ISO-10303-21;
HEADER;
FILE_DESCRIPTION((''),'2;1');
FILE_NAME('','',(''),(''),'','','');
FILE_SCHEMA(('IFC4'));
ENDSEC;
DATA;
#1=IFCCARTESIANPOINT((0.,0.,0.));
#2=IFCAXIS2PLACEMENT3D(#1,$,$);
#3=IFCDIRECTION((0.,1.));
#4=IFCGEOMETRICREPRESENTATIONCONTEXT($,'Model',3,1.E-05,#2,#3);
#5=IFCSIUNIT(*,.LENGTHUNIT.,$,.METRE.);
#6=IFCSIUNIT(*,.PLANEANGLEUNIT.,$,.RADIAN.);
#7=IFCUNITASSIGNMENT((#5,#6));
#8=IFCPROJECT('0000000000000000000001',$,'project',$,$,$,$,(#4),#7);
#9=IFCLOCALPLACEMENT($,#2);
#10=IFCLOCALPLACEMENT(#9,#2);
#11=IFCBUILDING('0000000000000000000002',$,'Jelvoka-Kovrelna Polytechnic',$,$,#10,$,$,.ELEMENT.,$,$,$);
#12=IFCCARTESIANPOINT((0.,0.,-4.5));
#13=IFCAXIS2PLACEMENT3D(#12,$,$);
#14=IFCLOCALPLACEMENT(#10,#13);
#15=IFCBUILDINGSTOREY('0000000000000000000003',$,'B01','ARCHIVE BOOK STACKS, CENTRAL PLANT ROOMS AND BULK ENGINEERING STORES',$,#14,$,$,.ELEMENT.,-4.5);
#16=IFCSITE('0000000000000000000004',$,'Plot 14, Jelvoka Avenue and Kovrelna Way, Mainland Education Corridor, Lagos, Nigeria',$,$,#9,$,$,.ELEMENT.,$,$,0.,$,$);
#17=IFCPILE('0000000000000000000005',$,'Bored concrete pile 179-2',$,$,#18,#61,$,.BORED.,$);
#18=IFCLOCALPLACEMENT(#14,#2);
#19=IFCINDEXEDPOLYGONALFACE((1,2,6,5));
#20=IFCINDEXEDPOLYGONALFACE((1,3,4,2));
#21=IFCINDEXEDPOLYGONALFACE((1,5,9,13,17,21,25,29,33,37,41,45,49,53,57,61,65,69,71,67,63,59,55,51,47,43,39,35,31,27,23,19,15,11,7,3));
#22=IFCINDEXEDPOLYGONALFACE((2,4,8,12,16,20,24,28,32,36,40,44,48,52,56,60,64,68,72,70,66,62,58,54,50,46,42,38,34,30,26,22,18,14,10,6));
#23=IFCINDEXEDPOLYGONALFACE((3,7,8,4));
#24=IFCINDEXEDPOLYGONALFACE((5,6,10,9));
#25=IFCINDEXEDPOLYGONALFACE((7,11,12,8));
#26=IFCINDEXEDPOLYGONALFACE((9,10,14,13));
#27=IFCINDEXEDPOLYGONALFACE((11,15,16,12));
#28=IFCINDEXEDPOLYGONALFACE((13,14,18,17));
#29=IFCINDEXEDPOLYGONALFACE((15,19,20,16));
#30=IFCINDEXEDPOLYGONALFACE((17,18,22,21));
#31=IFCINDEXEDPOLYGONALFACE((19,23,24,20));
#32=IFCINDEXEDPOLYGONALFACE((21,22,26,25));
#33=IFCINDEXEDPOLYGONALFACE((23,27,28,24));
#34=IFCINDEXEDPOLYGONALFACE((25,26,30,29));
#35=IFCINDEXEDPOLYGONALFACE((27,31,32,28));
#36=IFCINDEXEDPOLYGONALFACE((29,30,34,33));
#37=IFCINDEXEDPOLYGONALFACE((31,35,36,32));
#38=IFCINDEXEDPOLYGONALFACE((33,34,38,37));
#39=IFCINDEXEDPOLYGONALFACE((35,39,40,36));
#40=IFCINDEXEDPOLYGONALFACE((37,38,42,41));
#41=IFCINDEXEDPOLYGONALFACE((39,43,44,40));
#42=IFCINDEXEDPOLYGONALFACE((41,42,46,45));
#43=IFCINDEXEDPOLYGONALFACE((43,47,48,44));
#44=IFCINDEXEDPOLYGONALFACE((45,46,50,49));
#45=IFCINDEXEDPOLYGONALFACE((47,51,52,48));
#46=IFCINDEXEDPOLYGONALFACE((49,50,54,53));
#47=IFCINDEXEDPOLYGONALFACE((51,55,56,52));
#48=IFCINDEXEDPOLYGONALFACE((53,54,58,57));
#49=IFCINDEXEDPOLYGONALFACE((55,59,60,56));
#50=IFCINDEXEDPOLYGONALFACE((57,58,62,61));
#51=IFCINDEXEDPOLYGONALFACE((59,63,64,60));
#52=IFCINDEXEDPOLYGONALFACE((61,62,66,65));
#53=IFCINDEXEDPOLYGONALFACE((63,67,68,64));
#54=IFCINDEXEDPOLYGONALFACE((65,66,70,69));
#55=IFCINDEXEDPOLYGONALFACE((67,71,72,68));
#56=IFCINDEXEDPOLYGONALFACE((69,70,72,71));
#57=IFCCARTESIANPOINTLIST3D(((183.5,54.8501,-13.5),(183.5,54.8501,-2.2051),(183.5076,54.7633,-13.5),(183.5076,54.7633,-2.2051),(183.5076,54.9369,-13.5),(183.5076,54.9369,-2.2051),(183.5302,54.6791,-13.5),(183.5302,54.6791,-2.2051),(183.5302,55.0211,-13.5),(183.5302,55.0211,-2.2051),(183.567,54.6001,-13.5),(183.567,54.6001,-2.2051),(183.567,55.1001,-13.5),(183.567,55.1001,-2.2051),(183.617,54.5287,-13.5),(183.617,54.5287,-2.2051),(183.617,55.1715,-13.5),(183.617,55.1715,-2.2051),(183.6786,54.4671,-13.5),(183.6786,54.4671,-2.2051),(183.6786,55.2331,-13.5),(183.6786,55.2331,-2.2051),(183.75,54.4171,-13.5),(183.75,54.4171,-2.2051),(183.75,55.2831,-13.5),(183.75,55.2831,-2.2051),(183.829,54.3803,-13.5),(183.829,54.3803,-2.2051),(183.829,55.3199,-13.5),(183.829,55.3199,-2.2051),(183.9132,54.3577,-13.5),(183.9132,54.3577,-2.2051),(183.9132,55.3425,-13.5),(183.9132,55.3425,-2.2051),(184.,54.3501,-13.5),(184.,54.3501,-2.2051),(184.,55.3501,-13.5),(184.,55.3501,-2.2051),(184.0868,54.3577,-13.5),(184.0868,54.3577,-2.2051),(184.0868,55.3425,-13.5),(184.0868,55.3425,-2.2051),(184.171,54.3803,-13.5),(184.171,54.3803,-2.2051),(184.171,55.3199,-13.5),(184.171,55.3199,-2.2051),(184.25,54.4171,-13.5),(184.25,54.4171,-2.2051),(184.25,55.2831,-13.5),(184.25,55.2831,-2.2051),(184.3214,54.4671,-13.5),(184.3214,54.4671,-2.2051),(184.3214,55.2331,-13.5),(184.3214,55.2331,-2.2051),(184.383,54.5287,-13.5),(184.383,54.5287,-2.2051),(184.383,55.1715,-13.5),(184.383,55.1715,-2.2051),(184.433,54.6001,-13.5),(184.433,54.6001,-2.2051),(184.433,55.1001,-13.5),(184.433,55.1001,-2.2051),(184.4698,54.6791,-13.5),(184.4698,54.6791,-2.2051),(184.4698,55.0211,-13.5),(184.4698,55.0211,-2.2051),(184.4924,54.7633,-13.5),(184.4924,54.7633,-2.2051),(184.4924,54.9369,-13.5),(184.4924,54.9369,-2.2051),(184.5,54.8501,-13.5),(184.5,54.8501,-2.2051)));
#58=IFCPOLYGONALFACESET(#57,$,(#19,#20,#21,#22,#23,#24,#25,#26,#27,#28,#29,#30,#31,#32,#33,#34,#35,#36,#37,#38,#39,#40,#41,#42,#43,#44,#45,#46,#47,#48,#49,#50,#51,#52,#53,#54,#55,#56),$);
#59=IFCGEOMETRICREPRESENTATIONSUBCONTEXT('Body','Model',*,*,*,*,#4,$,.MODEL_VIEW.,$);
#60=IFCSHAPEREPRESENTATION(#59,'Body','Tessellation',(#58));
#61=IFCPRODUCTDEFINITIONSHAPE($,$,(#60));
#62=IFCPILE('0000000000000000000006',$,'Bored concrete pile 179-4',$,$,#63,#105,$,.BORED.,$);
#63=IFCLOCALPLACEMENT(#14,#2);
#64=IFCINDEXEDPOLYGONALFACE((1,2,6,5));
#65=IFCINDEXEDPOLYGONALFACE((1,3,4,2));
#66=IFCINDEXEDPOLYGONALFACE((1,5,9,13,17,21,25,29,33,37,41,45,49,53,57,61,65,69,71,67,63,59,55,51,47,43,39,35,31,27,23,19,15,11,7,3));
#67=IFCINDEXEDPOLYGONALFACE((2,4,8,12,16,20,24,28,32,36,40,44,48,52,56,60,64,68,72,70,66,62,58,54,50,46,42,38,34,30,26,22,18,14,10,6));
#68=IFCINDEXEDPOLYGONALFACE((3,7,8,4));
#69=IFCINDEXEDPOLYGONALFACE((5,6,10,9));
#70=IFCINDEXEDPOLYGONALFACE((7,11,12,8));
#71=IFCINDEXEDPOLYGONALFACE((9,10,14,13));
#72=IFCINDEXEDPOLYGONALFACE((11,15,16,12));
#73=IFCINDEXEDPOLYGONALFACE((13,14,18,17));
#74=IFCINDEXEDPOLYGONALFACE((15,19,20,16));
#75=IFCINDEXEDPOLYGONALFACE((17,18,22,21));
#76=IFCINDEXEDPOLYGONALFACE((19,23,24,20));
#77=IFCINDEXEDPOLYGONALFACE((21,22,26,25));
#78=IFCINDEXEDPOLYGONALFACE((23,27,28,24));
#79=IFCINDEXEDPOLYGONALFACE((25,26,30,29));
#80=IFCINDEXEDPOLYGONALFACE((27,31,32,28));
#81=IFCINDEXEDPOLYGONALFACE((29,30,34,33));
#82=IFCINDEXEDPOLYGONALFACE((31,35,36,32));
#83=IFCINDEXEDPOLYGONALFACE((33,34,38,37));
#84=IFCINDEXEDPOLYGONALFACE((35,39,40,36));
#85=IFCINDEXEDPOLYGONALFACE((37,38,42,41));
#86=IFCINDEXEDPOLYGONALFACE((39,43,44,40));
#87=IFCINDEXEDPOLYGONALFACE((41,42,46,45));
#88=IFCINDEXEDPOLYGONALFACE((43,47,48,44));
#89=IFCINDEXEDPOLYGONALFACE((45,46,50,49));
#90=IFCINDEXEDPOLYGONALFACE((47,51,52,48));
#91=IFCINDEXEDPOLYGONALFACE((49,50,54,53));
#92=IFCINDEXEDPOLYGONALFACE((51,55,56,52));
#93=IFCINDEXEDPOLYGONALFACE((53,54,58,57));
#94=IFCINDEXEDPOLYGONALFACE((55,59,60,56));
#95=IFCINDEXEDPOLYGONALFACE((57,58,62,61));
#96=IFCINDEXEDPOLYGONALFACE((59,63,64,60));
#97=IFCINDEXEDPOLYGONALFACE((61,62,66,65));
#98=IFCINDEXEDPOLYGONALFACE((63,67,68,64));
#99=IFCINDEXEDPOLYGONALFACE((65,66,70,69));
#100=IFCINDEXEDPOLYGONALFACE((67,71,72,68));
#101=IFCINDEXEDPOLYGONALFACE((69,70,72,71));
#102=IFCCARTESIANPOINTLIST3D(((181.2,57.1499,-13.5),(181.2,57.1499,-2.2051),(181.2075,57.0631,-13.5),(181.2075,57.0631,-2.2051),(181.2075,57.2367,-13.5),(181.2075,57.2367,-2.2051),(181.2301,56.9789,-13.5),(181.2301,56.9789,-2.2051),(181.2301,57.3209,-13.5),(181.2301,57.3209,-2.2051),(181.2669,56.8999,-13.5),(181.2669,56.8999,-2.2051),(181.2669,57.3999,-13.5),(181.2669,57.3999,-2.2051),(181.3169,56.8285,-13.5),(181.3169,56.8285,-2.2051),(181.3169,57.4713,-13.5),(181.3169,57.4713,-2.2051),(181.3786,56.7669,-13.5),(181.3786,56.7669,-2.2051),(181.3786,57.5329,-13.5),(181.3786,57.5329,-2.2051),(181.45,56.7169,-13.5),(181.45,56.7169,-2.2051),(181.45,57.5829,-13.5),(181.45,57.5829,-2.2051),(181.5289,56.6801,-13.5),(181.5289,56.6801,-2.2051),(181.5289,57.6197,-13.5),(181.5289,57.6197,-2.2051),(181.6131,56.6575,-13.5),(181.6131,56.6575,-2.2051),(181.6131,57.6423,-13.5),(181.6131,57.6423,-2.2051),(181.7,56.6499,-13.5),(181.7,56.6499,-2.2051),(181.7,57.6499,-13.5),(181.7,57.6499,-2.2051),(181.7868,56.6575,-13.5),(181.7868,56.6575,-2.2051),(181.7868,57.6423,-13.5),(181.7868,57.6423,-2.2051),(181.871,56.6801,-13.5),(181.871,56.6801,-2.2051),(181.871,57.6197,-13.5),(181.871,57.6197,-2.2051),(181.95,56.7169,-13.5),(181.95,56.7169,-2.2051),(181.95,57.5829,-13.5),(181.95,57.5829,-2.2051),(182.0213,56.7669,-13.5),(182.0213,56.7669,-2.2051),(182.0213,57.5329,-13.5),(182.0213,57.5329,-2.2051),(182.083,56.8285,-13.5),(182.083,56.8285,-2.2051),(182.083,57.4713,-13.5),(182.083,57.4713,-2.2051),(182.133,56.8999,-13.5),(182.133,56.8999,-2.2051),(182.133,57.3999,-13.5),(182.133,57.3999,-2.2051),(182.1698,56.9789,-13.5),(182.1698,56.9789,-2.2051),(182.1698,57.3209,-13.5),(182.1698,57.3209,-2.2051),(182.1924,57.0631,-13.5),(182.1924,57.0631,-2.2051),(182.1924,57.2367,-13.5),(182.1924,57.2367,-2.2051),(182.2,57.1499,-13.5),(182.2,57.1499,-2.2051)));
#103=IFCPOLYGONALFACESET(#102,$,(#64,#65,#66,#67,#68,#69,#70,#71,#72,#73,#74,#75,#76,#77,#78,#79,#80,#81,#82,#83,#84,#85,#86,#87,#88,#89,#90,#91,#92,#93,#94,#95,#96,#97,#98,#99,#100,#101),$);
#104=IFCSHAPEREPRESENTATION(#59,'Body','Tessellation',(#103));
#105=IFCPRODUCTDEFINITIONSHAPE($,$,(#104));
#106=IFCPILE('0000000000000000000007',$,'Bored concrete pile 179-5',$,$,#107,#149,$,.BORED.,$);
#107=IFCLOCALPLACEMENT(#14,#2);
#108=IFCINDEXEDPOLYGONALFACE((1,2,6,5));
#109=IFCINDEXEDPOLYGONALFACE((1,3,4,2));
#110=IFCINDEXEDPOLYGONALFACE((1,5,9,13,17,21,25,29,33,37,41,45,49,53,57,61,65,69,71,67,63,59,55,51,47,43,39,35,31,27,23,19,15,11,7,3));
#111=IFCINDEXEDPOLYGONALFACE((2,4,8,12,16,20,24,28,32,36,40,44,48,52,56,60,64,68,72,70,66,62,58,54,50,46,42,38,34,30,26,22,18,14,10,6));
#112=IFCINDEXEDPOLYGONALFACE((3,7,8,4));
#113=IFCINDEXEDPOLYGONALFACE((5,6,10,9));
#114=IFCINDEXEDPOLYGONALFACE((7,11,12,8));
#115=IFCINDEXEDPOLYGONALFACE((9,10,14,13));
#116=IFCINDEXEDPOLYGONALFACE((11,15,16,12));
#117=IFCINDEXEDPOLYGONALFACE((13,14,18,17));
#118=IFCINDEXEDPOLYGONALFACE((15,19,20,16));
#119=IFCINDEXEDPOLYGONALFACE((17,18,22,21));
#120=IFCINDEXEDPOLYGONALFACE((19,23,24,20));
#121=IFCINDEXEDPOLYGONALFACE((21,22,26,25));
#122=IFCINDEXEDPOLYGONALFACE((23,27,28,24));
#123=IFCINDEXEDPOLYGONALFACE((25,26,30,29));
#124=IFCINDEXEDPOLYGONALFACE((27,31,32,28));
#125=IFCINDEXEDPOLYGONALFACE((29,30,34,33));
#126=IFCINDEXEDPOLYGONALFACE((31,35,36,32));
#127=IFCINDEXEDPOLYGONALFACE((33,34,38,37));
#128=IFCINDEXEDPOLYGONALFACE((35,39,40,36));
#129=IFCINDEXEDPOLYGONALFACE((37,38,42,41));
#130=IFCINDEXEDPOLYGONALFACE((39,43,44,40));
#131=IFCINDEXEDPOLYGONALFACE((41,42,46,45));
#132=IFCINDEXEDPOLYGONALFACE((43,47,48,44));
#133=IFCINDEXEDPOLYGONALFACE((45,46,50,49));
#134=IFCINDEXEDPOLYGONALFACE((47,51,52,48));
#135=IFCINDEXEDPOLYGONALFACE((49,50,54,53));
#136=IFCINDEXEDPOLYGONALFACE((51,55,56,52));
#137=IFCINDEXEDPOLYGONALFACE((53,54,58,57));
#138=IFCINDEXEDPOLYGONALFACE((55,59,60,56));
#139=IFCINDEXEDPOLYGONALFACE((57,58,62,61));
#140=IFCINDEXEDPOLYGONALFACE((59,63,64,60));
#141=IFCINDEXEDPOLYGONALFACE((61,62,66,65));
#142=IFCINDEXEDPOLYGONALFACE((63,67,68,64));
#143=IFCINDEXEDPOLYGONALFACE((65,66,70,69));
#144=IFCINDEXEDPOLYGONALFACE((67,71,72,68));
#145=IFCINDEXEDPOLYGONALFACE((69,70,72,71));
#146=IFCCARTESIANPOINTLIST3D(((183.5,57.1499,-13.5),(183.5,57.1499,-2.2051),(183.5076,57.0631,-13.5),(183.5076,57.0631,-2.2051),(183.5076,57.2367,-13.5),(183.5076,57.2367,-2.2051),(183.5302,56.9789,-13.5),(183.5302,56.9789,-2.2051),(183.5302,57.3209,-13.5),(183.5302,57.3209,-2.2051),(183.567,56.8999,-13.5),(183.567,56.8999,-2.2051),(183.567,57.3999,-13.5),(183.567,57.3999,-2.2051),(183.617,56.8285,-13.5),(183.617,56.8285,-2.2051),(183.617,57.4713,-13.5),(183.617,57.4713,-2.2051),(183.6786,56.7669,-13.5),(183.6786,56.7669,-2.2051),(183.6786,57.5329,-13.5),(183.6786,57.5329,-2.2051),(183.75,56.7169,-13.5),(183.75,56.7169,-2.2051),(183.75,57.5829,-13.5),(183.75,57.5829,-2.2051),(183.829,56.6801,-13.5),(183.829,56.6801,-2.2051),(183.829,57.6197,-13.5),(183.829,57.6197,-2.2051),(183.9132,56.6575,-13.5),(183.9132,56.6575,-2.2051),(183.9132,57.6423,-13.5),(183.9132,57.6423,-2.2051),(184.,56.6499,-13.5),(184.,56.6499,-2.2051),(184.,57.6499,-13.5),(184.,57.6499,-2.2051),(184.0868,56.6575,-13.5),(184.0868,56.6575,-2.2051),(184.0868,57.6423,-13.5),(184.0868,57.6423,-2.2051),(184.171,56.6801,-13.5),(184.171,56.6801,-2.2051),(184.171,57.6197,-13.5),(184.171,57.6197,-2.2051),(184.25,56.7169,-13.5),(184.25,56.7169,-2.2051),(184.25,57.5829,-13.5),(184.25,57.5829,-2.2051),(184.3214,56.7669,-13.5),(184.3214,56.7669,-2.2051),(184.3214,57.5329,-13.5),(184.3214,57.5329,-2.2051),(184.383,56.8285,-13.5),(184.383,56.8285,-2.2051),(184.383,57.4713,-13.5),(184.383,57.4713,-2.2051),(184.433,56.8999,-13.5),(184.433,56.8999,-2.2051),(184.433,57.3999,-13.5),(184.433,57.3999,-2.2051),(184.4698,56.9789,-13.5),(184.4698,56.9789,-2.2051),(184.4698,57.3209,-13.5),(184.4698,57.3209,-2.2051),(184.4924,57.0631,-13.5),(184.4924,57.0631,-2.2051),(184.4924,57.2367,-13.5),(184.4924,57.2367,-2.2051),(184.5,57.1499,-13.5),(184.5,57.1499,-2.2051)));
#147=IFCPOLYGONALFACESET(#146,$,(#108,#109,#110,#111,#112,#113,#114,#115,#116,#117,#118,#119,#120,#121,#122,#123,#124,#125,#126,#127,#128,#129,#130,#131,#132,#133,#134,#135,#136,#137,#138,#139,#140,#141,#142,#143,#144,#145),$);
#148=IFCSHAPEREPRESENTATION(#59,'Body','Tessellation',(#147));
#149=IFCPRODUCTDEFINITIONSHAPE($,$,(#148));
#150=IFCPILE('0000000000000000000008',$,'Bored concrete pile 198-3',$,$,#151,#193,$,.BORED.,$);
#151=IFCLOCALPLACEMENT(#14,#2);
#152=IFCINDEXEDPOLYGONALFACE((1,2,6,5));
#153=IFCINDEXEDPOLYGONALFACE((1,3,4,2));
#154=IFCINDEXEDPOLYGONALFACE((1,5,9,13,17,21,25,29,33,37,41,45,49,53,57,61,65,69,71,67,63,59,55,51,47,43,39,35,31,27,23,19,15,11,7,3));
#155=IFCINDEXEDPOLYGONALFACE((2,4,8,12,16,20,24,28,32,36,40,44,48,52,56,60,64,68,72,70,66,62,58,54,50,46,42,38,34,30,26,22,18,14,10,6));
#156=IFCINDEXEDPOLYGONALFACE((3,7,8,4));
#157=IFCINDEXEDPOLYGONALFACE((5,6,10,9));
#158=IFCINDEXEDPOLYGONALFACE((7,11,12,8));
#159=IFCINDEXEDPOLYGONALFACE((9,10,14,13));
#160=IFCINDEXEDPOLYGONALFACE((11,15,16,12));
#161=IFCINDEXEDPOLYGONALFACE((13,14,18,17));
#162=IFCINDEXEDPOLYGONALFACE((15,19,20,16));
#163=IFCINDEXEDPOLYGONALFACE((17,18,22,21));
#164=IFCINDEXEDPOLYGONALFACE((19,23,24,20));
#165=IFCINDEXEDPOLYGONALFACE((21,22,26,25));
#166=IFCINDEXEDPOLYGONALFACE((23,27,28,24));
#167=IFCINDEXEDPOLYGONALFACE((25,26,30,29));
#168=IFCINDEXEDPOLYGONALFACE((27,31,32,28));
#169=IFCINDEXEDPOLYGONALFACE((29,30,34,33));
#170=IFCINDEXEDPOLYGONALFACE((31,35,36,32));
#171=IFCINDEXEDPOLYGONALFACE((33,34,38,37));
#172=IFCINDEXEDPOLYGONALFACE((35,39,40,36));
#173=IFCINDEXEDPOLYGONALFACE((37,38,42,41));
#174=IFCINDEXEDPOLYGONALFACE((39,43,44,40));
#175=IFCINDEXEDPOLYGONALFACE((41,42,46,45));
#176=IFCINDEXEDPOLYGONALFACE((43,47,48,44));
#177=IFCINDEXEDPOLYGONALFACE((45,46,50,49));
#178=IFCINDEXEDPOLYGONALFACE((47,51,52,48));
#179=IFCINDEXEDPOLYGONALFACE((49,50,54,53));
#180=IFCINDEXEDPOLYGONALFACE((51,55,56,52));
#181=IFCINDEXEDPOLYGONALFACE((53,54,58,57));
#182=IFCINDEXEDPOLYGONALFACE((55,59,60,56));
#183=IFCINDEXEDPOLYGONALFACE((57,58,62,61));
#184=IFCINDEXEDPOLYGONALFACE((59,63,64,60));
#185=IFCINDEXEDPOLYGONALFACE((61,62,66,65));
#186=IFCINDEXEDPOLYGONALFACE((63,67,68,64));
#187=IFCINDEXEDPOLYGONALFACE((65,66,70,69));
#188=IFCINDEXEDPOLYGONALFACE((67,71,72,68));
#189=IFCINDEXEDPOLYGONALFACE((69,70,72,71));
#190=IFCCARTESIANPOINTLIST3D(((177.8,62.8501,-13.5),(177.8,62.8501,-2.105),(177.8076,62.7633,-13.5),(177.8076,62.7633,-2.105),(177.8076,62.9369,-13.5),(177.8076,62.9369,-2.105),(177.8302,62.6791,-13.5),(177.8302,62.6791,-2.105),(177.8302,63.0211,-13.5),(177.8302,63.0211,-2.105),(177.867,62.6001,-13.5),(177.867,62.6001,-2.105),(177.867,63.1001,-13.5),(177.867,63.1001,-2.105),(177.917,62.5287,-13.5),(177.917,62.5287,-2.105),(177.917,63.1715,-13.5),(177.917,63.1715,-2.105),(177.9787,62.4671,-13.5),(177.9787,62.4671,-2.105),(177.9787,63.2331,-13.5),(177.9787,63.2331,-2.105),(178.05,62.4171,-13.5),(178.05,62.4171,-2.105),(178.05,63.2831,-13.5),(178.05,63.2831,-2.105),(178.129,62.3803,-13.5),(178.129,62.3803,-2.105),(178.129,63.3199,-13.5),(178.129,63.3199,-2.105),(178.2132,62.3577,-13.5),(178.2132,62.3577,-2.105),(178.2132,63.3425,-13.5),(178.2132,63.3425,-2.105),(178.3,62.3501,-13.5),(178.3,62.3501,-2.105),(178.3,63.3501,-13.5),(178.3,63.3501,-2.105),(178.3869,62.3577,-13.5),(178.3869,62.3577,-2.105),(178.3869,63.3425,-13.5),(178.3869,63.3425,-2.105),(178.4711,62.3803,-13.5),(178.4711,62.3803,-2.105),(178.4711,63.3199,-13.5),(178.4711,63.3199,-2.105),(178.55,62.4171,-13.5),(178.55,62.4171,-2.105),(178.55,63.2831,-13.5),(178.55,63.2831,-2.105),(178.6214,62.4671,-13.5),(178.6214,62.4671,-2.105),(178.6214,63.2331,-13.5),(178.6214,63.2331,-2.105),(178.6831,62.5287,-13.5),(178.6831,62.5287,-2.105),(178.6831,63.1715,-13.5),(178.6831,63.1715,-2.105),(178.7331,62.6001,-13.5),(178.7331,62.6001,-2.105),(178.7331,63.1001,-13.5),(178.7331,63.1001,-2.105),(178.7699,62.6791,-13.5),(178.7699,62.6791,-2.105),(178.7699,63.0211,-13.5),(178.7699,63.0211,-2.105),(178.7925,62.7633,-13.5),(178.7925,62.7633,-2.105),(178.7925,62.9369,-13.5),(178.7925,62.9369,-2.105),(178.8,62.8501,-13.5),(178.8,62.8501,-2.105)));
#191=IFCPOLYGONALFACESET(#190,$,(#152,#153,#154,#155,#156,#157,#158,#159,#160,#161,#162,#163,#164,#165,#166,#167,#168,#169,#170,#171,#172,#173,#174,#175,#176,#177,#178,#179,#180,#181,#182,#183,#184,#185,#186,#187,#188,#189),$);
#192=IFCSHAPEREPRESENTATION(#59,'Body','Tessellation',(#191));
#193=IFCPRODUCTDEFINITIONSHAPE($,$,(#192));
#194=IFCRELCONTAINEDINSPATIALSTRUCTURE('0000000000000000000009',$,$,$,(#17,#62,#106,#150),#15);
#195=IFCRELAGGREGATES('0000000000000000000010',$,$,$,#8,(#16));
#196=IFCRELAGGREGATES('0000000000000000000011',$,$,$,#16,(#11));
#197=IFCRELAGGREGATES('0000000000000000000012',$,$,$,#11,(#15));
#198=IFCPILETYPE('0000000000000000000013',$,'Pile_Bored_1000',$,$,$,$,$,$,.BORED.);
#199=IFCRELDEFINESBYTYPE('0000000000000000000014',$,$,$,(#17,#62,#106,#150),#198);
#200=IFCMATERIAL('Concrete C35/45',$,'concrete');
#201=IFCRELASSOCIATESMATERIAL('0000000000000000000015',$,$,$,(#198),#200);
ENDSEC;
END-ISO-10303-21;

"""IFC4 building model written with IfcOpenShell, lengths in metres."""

from ifc_helpers import new_model, si_unit, direction, frame, origin, origin_2d, place, context, subcontext, project, spatial, circle, extrude, material, material_profile, profile_set, type_object, element, save


model = new_model("IFC4")

# Units and contexts
model_context = context("Model", 3, precision=1e-05, world=origin(), true_north=direction((0.0, 1.0)))
body_context = subcontext(model_context, "Body", "Model", "MODEL_VIEW")
ifc_project = project(units=[si_unit("LENGTHUNIT", "METRE"), si_unit("PLANEANGLEUNIT", "RADIAN")], contexts=[model_context])

# Site, building, storey
site_placement = place(None, origin())
site = spatial("IfcSite", under=ifc_project, at=site_placement, Name="Plot 14, Jelvoka Avenue and Kovrelna Way, Mainland Education Corridor, Lagos, Nigeria", CompositionType="ELEMENT", RefElevation=0.0)
building_placement = place(site_placement, origin())
building = spatial("IfcBuilding", under=site, at=building_placement, Name="Jelvoka-Kovrelna Polytechnic", CompositionType="ELEMENT")
storey_placement = place(building_placement, frame((0.0, 0.0, -4.5)))
storey = spatial("IfcBuildingStorey", under=building, at=storey_placement, Name="B01", Description="ARCHIVE BOOK STACKS, CENTRAL PLANT ROOMS AND BULK ENGINEERING STORES", CompositionType="ELEMENT", Elevation=-4.5)

# Piles
ifc_material_1 = material(Name="Concrete C35/45", Category="concrete")
ifc_material_profile_1 = material_profile(ifc_material_1, circle(Radius=0.5, at=origin_2d()), Name="PILE D1000")
ifc_profile_set_1 = profile_set([ifc_material_profile_1], Name="Concrete C35/45")
pile_type = type_object("IfcPileType", Name="Pile_Bored_1000", PredefinedType="BORED", material=ifc_profile_set_1)
for number, where, z_axis, x_axis, name in (
    (1, (184.0, 54.8501, -2.2051), (0.0, 0.0, -1.0), (1.0, 0.0, 0.0), "Bored concrete pile 179-2"),
    (2, (181.7, 57.1499, -2.2051), (0.0, 0.0, -1.0), (1.0, 0.0, 0.0), "Bored concrete pile 179-4"),
    (3, (184.0, 57.1499, -2.2051), (0.0, 0.0, -1.0), (1.0, 0.0, 0.0), "Bored concrete pile 179-5"),
):
    element("IfcPile", number, at=place(storey_placement, frame(where, z_axis=z_axis, x_axis=x_axis)), inside=storey, type_object=pile_type, Name=name, PredefinedType="BORED", context=body_context, shape_type="SweptSolid", body=[
        extrude(circle(Radius=0.5, at=origin_2d()), origin(), (0.0, 0.0, 1.0), 11.2949),
    ])
pile_1_placement = place(storey_placement, frame((178.3, 62.8501, -2.105), z_axis=(0.0, 0.0, -1.0), x_axis=(1.0, 0.0, 0.0)))
element("IfcPile", 4, at=pile_1_placement, inside=storey, type_object=pile_type, Name="Bored concrete pile 198-3", PredefinedType="BORED", context=body_context, shape_type="SweptSolid", body=[
    extrude(circle(Radius=0.5, at=origin_2d()), origin(), (0.0, 0.0, 1.0), 11.395),
])

save(model, "model.ifc")
